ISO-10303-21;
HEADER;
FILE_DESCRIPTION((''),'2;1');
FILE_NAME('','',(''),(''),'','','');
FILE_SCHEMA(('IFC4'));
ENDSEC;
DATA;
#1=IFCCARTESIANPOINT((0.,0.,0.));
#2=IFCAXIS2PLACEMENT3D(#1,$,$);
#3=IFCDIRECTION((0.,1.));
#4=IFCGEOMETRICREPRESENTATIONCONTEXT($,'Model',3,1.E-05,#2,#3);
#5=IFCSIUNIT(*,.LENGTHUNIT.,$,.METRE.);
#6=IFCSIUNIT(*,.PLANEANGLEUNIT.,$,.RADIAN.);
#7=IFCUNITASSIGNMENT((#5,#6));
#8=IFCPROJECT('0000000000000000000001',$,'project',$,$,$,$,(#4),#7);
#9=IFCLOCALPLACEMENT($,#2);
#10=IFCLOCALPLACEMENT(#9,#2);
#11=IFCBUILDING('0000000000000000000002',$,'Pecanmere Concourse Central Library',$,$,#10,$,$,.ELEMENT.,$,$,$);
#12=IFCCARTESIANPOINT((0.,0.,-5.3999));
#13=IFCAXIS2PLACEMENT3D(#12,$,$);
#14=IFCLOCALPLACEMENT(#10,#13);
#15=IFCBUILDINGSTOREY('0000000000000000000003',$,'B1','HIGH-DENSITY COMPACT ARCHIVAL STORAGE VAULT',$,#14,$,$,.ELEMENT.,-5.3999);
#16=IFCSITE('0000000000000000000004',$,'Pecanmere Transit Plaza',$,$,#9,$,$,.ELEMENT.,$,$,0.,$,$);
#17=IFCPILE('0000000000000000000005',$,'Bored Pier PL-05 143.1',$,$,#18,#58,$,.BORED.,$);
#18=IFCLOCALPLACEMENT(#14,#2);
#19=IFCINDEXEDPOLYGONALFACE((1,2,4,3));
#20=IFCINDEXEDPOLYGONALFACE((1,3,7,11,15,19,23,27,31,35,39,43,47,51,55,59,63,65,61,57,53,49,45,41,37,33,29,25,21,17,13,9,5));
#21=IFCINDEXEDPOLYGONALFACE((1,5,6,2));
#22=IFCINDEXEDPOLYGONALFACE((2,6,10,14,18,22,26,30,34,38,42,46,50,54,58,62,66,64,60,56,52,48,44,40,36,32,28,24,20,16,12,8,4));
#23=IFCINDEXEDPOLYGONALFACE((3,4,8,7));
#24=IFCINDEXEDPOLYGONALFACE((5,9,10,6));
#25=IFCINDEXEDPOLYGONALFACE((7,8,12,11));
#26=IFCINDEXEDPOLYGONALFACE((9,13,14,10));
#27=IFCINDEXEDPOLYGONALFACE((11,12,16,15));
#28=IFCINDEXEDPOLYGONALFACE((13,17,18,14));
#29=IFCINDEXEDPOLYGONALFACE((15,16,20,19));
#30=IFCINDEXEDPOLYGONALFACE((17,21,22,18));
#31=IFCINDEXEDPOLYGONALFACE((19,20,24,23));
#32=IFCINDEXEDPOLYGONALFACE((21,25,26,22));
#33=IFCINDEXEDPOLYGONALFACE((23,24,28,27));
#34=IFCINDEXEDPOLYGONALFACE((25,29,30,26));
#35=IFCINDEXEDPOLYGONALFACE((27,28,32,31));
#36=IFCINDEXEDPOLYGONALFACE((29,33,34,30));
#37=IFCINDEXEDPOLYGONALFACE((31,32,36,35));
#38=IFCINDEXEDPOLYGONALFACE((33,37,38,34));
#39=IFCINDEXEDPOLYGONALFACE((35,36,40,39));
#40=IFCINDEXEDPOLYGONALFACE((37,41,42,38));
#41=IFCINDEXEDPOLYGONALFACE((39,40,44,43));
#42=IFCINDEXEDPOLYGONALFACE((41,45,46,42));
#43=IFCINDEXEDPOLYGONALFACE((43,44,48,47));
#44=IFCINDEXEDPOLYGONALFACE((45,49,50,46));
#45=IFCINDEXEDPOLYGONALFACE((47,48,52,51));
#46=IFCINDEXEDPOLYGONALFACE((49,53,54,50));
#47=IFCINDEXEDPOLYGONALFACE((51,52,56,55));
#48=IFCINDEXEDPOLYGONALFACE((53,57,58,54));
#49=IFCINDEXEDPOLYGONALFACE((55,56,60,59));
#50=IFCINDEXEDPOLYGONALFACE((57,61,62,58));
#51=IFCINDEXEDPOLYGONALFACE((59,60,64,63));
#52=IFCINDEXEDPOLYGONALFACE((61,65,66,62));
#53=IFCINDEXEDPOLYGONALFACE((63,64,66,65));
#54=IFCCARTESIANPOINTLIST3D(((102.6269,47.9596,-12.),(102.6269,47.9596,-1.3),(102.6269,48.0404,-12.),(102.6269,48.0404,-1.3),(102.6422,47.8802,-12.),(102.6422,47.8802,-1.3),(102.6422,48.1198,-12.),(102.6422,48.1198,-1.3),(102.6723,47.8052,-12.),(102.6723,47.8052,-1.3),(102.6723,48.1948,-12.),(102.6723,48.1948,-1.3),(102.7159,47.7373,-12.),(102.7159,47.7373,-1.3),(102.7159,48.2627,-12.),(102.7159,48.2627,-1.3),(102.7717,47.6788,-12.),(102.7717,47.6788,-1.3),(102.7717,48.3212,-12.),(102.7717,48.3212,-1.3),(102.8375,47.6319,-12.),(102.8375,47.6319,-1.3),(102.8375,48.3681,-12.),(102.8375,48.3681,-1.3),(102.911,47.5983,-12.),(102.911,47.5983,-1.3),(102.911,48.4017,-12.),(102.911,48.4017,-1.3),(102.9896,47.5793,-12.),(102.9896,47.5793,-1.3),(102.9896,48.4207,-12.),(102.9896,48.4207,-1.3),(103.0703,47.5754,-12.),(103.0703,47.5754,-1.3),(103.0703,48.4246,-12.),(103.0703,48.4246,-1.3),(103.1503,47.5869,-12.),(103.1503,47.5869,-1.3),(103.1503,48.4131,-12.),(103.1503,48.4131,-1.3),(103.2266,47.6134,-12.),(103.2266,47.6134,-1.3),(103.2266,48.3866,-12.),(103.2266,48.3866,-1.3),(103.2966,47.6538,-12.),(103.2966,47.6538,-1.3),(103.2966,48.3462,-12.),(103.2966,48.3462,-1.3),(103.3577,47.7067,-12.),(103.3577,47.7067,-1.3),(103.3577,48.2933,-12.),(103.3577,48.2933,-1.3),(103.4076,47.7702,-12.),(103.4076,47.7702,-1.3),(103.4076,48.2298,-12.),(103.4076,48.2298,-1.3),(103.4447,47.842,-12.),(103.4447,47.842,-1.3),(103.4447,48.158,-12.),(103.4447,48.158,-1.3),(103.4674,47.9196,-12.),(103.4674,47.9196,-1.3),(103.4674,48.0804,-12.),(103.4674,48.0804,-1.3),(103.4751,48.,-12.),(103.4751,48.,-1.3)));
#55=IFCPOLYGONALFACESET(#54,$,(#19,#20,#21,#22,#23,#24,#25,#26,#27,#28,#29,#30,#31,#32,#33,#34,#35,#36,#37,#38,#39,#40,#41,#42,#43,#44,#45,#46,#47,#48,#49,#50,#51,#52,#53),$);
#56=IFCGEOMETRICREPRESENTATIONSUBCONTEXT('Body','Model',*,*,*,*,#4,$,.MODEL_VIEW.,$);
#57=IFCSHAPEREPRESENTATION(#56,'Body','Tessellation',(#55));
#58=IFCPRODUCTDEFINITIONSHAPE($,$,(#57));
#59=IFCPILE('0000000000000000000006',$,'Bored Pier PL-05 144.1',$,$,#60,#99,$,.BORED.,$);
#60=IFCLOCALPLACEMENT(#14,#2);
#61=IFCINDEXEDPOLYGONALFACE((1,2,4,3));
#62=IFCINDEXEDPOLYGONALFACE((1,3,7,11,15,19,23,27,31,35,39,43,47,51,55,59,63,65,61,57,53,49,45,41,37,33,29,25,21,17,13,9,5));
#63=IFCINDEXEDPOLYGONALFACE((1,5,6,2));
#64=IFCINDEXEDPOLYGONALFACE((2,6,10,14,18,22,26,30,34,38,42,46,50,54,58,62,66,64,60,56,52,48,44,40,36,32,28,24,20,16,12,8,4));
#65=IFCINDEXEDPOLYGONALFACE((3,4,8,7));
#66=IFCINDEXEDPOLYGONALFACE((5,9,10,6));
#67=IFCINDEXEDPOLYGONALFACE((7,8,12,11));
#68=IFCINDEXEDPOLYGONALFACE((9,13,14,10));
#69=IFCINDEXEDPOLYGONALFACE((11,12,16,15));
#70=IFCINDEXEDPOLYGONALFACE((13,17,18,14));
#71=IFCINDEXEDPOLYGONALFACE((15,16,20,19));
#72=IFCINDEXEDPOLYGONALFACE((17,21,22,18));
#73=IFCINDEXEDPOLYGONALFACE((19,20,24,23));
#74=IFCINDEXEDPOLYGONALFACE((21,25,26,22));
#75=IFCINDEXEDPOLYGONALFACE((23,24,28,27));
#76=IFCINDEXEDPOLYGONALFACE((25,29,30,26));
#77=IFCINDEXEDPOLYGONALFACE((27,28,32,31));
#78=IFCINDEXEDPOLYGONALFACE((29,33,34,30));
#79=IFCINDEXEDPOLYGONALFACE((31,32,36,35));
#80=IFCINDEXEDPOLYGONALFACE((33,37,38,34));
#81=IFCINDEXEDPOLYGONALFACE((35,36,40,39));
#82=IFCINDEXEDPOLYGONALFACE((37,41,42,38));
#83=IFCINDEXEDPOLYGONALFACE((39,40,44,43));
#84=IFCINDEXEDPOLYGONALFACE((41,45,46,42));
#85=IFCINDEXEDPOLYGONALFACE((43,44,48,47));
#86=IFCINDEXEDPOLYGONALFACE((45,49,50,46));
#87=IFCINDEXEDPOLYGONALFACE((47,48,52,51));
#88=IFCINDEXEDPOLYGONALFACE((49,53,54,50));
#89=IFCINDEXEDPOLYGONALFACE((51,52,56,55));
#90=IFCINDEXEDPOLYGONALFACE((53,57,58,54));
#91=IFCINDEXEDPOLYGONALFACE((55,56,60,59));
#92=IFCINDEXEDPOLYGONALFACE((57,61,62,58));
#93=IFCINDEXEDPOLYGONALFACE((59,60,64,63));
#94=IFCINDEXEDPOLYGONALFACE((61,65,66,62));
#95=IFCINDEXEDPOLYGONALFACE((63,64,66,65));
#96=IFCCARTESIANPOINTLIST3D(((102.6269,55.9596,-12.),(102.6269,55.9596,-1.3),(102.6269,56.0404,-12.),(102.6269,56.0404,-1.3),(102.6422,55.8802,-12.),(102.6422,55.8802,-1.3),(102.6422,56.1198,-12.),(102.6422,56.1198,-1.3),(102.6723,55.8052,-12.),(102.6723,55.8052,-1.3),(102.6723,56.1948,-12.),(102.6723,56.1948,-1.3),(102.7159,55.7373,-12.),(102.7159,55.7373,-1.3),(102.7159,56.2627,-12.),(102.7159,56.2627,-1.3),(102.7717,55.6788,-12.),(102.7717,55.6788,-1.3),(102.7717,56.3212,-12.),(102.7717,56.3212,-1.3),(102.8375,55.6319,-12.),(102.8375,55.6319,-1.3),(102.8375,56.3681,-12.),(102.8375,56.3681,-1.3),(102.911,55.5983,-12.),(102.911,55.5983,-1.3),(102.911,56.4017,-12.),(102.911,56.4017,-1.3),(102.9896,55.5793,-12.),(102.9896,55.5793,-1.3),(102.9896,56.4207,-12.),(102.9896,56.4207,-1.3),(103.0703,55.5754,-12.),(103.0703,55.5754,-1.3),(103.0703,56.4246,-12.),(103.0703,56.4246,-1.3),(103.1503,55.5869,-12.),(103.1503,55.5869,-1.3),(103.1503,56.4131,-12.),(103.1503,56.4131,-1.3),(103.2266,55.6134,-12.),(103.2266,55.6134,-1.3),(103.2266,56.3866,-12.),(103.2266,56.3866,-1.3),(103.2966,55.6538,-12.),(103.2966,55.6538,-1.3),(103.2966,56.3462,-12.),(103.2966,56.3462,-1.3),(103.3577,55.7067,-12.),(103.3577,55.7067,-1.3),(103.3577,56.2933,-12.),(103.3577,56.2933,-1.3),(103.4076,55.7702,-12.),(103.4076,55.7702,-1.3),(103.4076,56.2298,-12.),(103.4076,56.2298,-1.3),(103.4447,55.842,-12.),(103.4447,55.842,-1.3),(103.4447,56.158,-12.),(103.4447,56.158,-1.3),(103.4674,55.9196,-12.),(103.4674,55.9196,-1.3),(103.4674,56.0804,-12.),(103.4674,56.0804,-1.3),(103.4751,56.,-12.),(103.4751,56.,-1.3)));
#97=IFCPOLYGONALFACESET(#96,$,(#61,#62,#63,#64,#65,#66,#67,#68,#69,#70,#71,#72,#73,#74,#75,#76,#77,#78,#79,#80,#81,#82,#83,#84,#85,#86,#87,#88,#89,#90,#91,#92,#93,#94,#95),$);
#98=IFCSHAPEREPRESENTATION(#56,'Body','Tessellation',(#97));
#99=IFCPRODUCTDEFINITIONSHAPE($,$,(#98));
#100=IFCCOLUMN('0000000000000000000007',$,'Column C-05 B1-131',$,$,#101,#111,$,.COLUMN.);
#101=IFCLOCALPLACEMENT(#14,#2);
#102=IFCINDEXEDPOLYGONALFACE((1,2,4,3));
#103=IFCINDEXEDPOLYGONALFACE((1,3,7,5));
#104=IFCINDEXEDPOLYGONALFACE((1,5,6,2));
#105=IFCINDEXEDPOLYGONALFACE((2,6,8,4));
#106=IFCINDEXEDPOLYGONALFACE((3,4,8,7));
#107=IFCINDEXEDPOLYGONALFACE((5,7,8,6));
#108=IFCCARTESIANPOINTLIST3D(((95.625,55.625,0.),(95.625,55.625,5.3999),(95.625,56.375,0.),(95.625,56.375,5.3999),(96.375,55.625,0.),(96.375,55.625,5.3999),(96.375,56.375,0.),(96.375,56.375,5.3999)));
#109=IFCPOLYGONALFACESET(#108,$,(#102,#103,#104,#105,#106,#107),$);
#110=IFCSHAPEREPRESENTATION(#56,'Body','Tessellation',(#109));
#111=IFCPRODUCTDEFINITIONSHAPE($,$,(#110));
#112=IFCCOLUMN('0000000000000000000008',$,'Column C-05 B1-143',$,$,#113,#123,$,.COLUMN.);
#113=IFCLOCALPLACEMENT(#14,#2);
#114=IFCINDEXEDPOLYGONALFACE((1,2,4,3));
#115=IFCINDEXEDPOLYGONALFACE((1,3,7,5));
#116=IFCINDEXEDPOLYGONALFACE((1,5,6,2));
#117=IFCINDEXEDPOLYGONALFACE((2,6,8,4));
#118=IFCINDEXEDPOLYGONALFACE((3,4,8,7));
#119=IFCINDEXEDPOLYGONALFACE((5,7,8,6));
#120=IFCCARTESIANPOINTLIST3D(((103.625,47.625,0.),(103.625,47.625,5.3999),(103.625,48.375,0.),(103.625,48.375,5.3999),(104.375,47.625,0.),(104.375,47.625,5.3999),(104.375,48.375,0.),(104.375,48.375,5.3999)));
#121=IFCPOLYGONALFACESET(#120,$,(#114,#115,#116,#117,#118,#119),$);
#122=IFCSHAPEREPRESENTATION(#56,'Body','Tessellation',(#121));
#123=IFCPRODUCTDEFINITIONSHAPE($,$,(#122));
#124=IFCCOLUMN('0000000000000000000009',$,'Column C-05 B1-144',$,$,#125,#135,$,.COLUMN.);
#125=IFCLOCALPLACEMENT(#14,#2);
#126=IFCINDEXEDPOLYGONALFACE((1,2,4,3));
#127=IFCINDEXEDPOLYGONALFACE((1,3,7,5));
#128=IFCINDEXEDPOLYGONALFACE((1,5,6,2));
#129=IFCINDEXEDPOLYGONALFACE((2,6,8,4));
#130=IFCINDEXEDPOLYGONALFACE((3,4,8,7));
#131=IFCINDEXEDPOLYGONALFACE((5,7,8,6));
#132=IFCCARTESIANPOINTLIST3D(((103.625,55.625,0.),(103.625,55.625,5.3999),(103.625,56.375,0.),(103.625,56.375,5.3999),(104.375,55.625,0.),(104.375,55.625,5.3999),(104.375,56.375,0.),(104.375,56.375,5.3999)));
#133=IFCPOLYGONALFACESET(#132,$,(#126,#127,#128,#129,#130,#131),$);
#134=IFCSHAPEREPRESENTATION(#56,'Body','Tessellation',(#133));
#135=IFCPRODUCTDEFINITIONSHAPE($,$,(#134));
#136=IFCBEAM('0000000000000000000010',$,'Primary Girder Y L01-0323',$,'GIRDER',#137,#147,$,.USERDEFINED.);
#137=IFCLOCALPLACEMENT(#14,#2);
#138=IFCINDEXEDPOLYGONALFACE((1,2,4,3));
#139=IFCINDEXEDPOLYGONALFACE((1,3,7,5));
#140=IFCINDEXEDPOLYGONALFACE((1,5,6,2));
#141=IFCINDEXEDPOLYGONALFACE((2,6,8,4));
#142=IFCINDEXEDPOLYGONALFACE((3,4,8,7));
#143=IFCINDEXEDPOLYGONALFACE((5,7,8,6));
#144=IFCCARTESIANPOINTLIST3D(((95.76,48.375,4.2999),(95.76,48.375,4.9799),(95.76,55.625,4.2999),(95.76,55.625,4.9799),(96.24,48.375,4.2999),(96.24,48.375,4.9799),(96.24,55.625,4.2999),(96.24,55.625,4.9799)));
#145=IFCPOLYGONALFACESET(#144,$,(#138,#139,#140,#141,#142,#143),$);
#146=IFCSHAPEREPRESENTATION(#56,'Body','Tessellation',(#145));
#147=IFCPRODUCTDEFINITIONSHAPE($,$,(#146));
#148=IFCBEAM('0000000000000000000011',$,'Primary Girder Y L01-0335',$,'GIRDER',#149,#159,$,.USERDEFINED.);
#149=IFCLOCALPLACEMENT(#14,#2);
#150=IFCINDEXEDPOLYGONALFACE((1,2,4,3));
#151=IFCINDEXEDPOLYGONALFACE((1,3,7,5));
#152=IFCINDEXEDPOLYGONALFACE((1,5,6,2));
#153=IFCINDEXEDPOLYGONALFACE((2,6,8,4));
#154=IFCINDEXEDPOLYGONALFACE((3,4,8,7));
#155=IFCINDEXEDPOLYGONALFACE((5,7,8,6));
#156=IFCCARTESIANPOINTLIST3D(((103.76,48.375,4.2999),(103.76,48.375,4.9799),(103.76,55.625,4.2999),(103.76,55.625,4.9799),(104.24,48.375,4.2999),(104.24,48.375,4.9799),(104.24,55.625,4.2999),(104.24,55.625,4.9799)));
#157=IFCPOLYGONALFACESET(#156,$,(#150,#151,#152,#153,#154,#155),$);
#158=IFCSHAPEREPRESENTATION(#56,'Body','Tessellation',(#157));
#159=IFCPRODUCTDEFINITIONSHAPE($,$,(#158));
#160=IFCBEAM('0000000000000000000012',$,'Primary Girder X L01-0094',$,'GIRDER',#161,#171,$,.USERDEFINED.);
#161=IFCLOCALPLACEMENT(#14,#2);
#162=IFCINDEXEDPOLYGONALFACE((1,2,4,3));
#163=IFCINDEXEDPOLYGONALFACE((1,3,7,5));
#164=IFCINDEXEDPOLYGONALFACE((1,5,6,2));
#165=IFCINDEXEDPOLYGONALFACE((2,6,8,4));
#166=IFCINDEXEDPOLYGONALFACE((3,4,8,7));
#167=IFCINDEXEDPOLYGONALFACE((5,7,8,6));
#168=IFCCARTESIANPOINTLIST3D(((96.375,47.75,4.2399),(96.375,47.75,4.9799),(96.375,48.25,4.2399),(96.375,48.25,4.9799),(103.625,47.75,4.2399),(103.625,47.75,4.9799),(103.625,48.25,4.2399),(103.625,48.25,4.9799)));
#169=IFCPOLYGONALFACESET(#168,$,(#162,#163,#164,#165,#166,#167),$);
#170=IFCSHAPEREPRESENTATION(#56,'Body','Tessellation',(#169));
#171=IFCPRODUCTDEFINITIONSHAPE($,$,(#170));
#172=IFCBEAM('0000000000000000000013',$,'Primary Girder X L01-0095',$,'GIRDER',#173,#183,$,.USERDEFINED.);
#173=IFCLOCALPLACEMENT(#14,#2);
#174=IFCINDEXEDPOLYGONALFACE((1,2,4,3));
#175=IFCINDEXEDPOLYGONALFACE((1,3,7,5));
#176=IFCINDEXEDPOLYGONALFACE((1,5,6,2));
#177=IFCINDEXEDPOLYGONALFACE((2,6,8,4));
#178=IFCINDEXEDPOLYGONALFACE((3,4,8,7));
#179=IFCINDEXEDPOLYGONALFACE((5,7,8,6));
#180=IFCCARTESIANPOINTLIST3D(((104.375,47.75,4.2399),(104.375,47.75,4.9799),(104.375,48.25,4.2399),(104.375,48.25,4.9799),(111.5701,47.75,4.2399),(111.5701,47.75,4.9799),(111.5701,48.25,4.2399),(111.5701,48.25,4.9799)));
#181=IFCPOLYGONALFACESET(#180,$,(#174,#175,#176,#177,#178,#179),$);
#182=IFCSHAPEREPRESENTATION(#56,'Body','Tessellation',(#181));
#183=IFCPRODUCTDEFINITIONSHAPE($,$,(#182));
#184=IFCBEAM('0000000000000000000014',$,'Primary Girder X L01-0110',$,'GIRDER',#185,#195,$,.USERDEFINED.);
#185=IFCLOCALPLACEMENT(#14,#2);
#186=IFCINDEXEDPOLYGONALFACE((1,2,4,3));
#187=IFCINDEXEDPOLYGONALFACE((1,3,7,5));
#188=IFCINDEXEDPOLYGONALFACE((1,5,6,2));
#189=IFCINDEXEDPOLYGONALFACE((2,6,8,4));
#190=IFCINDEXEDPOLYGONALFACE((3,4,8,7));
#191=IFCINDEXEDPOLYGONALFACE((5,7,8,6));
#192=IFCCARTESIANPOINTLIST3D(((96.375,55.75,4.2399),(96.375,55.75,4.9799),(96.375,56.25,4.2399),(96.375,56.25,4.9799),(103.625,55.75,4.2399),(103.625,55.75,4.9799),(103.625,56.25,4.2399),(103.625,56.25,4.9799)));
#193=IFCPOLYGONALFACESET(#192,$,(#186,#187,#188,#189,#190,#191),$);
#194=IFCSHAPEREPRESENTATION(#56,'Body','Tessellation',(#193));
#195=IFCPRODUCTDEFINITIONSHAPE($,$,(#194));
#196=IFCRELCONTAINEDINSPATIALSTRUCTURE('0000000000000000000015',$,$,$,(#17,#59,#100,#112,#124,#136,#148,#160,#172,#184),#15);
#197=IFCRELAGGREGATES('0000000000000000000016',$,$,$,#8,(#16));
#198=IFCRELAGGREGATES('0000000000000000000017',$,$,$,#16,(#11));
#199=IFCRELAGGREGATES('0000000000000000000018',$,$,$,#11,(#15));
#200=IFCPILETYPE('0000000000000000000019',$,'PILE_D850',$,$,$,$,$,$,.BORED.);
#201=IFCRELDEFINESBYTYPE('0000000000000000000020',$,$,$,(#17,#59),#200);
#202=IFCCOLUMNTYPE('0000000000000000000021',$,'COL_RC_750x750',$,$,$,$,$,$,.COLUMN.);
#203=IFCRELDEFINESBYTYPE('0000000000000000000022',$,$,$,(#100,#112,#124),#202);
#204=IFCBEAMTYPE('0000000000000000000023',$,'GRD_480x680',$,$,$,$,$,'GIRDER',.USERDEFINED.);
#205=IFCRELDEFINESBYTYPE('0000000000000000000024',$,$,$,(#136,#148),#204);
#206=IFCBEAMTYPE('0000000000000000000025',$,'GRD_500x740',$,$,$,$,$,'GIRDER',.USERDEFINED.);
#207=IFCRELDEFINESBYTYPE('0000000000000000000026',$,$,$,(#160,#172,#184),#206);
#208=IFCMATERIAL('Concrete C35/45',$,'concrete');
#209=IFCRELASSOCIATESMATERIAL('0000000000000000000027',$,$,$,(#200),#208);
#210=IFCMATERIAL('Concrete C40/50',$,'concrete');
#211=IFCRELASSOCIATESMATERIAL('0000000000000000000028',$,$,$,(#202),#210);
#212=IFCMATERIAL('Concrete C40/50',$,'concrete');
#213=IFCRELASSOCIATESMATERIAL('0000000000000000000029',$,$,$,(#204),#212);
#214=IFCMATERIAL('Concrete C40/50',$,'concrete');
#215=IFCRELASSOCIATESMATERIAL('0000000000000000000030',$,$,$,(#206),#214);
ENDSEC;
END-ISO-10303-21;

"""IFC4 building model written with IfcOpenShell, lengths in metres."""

from ifc_helpers import new_model, si_unit, direction, frame, origin, origin_2d, place, context, subcontext, project, spatial, rectangle, circle, extrude, material, material_profile, profile_set, type_object, element, save


model = new_model("IFC4")

# Units and contexts
model_context = context("Model", 3, precision=1e-05, world=origin(), true_north=direction((0.0, 1.0)))
body_context = subcontext(model_context, "Body", "Model", "MODEL_VIEW")
ifc_project = project(units=[si_unit("LENGTHUNIT", "METRE"), si_unit("PLANEANGLEUNIT", "RADIAN")], contexts=[model_context])

# Site, building, storey
site_placement = place(None, origin())
site = spatial("IfcSite", under=ifc_project, at=site_placement, Name="Pecanmere Transit Plaza", CompositionType="ELEMENT", RefElevation=0.0)
building_placement = place(site_placement, origin())
building = spatial("IfcBuilding", under=site, at=building_placement, Name="Pecanmere Concourse Central Library", CompositionType="ELEMENT")
storey_placement = place(building_placement, frame((0.0, 0.0, -5.3999)))
storey = spatial("IfcBuildingStorey", under=building, at=storey_placement, Name="B1", Description="HIGH-DENSITY COMPACT ARCHIVAL STORAGE VAULT", CompositionType="ELEMENT", Elevation=-5.3999)

# Piles
ifc_material_1 = material(Name="Concrete C35/45", Category="concrete")
ifc_material_profile_1 = material_profile(ifc_material_1, circle(Radius=0.425, at=origin_2d()), Name="PIER D850")
ifc_profile_set_1 = profile_set([ifc_material_profile_1], Name="Concrete C35/45")
pile_type = type_object("IfcPileType", Name="PILE_D850", PredefinedType="BORED", material=ifc_profile_set_1)
for number, where, z_axis, x_axis, name in (
    (1, (103.05, 48.0, -1.3), (0.0, 0.0, -1.0), (1.0, 0.0, 0.0), "Bored Pier PL-05 143.1"),
    (2, (103.05, 56.0, -1.3), (0.0, 0.0, -1.0), (1.0, 0.0, 0.0), "Bored Pier PL-05 144.1"),
):
    element("IfcPile", number, at=place(storey_placement, frame(where, z_axis=z_axis, x_axis=x_axis)), inside=storey, type_object=pile_type, Name=name, PredefinedType="BORED", context=body_context, shape_type="SweptSolid", body=[
        extrude(circle(Radius=0.425, at=origin_2d()), origin(), (0.0, 0.0, 1.0), 10.7),
    ])

# Columns
ifc_material_2 = material(Name="Concrete C40/50", Category="concrete")
ifc_material_profile_2 = material_profile(ifc_material_2, rectangle(XDim=0.75, YDim=0.75, at=origin_2d()), Name="RC 750x750")
ifc_profile_set_2 = profile_set([ifc_material_profile_2], Name="Concrete C40/50")
column_type = type_object("IfcColumnType", Name="COL_RC_750x750", PredefinedType="COLUMN", material=ifc_profile_set_2)
for number, where, z_axis, x_axis, name in (
    (3, (96.0, 56.0, 0.0), (0.0, 0.0, 1.0), (1.0, 0.0, 0.0), "Column C-05 B1-131"),
    (4, (104.0, 48.0, 0.0), (0.0, 0.0, 1.0), (1.0, 0.0, 0.0), "Column C-05 B1-143"),
    (5, (104.0, 56.0, 0.0), (0.0, 0.0, 1.0), (1.0, 0.0, 0.0), "Column C-05 B1-144"),
):
    element("IfcColumn", number, at=place(storey_placement, frame(where, z_axis=z_axis, x_axis=x_axis)), inside=storey, type_object=column_type, Name=name, PredefinedType="COLUMN", context=body_context, shape_type="SweptSolid", body=[
        extrude(rectangle(XDim=0.75, YDim=0.75, at=origin_2d()), origin(), (0.0, 0.0, 1.0), 5.3999),
    ])

# Beams
ifc_material_3 = material(Name="Concrete C40/50", Category="concrete")
ifc_material_profile_3 = material_profile(ifc_material_3, rectangle(XDim=0.48, YDim=0.6799, at=origin_2d()), Name="RC 480x680")
ifc_profile_set_3 = profile_set([ifc_material_profile_3], Name="Concrete C40/50")
beam_type_1 = type_object("IfcBeamType", Name="GRD_480x680", ElementType="GIRDER", PredefinedType="USERDEFINED", material=ifc_profile_set_3)
for number, where, z_axis, x_axis, name in (
    (6, (96.0, 48.375, 4.6399), (0.0, 1.0, 0.0), (-1.0, 0.0, 0.0), "Primary Girder Y L01-0323"),
    (7, (104.0, 48.375, 4.6399), (0.0, 1.0, 0.0), (-1.0, 0.0, 0.0), "Primary Girder Y L01-0335"),
):
    element("IfcBeam", number, at=place(storey_placement, frame(where, z_axis=z_axis, x_axis=x_axis)), inside=storey, type_object=beam_type_1, Name=name, ObjectType="GIRDER", PredefinedType="USERDEFINED", context=body_context, shape_type="SweptSolid", body=[
        extrude(rectangle(XDim=0.48, YDim=0.6799, at=origin_2d()), origin(), (0.0, 0.0, 1.0), 7.25),
    ])
ifc_material_4 = material(Name="Concrete C40/50", Category="concrete")
ifc_material_profile_4 = material_profile(ifc_material_4, rectangle(XDim=0.5, YDim=0.74, at=origin_2d()), Name="RC 500x740")
ifc_profile_set_4 = profile_set([ifc_material_profile_4], Name="Concrete C40/50")
beam_type_2 = type_object("IfcBeamType", Name="GRD_500x740", ElementType="GIRDER", PredefinedType="USERDEFINED", material=ifc_profile_set_4)
beam_1_placement = place(storey_placement, frame((96.375, 48.0, 4.6099), z_axis=(1.0, 0.0, 0.0), x_axis=(0.0, 1.0, 0.0)))
element("IfcBeam", 8, at=beam_1_placement, inside=storey, type_object=beam_type_2, Name="Primary Girder X L01-0094", ObjectType="GIRDER", PredefinedType="USERDEFINED", context=body_context, shape_type="SweptSolid", body=[
    extrude(rectangle(XDim=0.5, YDim=0.74, at=origin_2d()), origin(), (0.0, 0.0, 1.0), 7.25),
])
beam_2_placement = place(storey_placement, frame((104.375, 48.0, 4.6099), z_axis=(1.0, 0.0, 0.0), x_axis=(0.0, 1.0, 0.0)))
element("IfcBeam", 9, at=beam_2_placement, inside=storey, type_object=beam_type_2, Name="Primary Girder X L01-0095", ObjectType="GIRDER", PredefinedType="USERDEFINED", context=body_context, shape_type="SweptSolid", body=[
    extrude(rectangle(XDim=0.5, YDim=0.74, at=origin_2d()), origin(), (0.0, 0.0, 1.0), 7.1951),
])
beam_3_placement = place(storey_placement, frame((96.375, 56.0, 4.6099), z_axis=(1.0, 0.0, 0.0), x_axis=(0.0, 1.0, 0.0)))
element("IfcBeam", 10, at=beam_3_placement, inside=storey, type_object=beam_type_2, Name="Primary Girder X L01-0110", ObjectType="GIRDER", PredefinedType="USERDEFINED", context=body_context, shape_type="SweptSolid", body=[
    extrude(rectangle(XDim=0.5, YDim=0.74, at=origin_2d()), origin(), (0.0, 0.0, 1.0), 7.25),
])

save(model, "model.ifc")
